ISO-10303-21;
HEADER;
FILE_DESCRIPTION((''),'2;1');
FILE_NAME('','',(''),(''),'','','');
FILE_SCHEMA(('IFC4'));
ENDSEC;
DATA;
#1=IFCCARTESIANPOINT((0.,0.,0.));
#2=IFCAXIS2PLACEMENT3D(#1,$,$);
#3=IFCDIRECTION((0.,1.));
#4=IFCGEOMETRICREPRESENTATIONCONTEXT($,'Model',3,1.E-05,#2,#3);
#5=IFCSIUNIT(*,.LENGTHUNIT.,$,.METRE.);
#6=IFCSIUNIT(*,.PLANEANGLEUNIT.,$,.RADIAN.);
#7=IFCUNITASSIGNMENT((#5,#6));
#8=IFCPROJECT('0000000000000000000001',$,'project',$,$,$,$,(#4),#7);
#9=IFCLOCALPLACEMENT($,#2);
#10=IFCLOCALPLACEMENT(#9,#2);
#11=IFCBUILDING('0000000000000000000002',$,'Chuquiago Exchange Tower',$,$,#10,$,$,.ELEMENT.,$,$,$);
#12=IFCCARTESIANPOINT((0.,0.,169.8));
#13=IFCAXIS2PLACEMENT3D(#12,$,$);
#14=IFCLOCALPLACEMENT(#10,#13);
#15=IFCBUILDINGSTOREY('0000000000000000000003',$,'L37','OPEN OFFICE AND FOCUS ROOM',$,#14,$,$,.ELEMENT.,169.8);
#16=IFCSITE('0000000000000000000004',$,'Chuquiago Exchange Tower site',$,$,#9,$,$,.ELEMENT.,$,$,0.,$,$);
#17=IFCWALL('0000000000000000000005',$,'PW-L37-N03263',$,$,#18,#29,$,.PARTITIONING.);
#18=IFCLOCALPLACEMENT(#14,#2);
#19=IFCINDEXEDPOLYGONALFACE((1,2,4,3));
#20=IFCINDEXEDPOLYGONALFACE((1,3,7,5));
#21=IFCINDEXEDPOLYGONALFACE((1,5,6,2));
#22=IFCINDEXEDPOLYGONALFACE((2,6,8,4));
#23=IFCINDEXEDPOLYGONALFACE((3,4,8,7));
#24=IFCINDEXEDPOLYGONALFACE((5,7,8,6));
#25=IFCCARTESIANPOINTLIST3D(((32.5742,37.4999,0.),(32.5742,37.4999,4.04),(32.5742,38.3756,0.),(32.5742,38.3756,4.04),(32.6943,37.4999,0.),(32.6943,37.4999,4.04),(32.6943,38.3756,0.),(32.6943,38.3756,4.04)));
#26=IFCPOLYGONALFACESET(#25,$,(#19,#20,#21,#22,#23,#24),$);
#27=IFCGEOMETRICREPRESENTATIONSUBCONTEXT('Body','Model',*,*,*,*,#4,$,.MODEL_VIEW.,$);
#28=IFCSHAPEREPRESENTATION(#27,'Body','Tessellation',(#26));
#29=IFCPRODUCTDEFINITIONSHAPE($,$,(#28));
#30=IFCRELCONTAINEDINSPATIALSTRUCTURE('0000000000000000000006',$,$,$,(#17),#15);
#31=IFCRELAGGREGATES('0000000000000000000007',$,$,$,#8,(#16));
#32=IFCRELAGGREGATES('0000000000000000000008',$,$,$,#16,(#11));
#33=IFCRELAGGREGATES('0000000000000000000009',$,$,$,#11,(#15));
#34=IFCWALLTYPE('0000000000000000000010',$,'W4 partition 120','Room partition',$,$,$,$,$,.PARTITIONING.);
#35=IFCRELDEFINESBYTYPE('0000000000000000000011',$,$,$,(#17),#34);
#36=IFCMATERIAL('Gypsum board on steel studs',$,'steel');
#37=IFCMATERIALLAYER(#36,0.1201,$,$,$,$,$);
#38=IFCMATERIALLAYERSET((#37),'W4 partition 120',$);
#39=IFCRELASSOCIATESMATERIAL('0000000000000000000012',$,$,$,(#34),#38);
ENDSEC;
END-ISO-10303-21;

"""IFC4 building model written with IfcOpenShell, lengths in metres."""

from ifc_helpers import new_model, si_unit, direction, frame, frame_2d, origin, place, context, subcontext, project, spatial, rectangle, extrude, material, layer, layer_set, type_object, element, save


model = new_model("IFC4")

# Units and contexts
model_context = context("Model", 3, precision=1e-05, world=origin(), true_north=direction((0.0, 1.0)))
body_context = subcontext(model_context, "Body", "Model", "MODEL_VIEW")
ifc_project = project(units=[si_unit("LENGTHUNIT", "METRE"), si_unit("PLANEANGLEUNIT", "RADIAN")], contexts=[model_context])

# Site, building, storey
site_placement = place(None, origin())
site = spatial("IfcSite", under=ifc_project, at=site_placement, Name="Chuquiago Exchange Tower site", CompositionType="ELEMENT", RefElevation=0.0)
building_placement = place(site_placement, origin())
building = spatial("IfcBuilding", under=site, at=building_placement, Name="Chuquiago Exchange Tower", CompositionType="ELEMENT")
storey_placement = place(building_placement, frame((0.0, 0.0, 169.8)))
storey = spatial("IfcBuildingStorey", under=building, at=storey_placement, Name="L37", Description="OPEN OFFICE AND FOCUS ROOM", CompositionType="ELEMENT", Elevation=169.8)

# Wall
ifc_material_1 = material(Name="Gypsum board on steel studs", Category="steel")
ifc_layer_1 = layer(ifc_material_1, 0.1201)
ifc_layer_set_1 = layer_set([ifc_layer_1], Name="W4 partition 120")
wall_type = type_object("IfcWallType", Name="W4 partition 120", Description="Room partition", PredefinedType="PARTITIONING", material=ifc_layer_set_1)
wall_placement = place(storey_placement, frame((32.6343, 38.3757, 0.0), z_axis=(0.0, 0.0, 1.0), x_axis=(0.0, -1.0, 0.0)))
element("IfcWall", 1, at=wall_placement, inside=storey, type_object=wall_type, Name="PW-L37-N03263", PredefinedType="PARTITIONING", context=body_context, shape_type="SweptSolid", body=[
    extrude(rectangle(XDim=0.8757, YDim=0.1201, at=frame_2d((0.438, 0.0))), origin(), (0.0, 0.0, 1.0), 4.04),
])

save(model, "model.ifc")
